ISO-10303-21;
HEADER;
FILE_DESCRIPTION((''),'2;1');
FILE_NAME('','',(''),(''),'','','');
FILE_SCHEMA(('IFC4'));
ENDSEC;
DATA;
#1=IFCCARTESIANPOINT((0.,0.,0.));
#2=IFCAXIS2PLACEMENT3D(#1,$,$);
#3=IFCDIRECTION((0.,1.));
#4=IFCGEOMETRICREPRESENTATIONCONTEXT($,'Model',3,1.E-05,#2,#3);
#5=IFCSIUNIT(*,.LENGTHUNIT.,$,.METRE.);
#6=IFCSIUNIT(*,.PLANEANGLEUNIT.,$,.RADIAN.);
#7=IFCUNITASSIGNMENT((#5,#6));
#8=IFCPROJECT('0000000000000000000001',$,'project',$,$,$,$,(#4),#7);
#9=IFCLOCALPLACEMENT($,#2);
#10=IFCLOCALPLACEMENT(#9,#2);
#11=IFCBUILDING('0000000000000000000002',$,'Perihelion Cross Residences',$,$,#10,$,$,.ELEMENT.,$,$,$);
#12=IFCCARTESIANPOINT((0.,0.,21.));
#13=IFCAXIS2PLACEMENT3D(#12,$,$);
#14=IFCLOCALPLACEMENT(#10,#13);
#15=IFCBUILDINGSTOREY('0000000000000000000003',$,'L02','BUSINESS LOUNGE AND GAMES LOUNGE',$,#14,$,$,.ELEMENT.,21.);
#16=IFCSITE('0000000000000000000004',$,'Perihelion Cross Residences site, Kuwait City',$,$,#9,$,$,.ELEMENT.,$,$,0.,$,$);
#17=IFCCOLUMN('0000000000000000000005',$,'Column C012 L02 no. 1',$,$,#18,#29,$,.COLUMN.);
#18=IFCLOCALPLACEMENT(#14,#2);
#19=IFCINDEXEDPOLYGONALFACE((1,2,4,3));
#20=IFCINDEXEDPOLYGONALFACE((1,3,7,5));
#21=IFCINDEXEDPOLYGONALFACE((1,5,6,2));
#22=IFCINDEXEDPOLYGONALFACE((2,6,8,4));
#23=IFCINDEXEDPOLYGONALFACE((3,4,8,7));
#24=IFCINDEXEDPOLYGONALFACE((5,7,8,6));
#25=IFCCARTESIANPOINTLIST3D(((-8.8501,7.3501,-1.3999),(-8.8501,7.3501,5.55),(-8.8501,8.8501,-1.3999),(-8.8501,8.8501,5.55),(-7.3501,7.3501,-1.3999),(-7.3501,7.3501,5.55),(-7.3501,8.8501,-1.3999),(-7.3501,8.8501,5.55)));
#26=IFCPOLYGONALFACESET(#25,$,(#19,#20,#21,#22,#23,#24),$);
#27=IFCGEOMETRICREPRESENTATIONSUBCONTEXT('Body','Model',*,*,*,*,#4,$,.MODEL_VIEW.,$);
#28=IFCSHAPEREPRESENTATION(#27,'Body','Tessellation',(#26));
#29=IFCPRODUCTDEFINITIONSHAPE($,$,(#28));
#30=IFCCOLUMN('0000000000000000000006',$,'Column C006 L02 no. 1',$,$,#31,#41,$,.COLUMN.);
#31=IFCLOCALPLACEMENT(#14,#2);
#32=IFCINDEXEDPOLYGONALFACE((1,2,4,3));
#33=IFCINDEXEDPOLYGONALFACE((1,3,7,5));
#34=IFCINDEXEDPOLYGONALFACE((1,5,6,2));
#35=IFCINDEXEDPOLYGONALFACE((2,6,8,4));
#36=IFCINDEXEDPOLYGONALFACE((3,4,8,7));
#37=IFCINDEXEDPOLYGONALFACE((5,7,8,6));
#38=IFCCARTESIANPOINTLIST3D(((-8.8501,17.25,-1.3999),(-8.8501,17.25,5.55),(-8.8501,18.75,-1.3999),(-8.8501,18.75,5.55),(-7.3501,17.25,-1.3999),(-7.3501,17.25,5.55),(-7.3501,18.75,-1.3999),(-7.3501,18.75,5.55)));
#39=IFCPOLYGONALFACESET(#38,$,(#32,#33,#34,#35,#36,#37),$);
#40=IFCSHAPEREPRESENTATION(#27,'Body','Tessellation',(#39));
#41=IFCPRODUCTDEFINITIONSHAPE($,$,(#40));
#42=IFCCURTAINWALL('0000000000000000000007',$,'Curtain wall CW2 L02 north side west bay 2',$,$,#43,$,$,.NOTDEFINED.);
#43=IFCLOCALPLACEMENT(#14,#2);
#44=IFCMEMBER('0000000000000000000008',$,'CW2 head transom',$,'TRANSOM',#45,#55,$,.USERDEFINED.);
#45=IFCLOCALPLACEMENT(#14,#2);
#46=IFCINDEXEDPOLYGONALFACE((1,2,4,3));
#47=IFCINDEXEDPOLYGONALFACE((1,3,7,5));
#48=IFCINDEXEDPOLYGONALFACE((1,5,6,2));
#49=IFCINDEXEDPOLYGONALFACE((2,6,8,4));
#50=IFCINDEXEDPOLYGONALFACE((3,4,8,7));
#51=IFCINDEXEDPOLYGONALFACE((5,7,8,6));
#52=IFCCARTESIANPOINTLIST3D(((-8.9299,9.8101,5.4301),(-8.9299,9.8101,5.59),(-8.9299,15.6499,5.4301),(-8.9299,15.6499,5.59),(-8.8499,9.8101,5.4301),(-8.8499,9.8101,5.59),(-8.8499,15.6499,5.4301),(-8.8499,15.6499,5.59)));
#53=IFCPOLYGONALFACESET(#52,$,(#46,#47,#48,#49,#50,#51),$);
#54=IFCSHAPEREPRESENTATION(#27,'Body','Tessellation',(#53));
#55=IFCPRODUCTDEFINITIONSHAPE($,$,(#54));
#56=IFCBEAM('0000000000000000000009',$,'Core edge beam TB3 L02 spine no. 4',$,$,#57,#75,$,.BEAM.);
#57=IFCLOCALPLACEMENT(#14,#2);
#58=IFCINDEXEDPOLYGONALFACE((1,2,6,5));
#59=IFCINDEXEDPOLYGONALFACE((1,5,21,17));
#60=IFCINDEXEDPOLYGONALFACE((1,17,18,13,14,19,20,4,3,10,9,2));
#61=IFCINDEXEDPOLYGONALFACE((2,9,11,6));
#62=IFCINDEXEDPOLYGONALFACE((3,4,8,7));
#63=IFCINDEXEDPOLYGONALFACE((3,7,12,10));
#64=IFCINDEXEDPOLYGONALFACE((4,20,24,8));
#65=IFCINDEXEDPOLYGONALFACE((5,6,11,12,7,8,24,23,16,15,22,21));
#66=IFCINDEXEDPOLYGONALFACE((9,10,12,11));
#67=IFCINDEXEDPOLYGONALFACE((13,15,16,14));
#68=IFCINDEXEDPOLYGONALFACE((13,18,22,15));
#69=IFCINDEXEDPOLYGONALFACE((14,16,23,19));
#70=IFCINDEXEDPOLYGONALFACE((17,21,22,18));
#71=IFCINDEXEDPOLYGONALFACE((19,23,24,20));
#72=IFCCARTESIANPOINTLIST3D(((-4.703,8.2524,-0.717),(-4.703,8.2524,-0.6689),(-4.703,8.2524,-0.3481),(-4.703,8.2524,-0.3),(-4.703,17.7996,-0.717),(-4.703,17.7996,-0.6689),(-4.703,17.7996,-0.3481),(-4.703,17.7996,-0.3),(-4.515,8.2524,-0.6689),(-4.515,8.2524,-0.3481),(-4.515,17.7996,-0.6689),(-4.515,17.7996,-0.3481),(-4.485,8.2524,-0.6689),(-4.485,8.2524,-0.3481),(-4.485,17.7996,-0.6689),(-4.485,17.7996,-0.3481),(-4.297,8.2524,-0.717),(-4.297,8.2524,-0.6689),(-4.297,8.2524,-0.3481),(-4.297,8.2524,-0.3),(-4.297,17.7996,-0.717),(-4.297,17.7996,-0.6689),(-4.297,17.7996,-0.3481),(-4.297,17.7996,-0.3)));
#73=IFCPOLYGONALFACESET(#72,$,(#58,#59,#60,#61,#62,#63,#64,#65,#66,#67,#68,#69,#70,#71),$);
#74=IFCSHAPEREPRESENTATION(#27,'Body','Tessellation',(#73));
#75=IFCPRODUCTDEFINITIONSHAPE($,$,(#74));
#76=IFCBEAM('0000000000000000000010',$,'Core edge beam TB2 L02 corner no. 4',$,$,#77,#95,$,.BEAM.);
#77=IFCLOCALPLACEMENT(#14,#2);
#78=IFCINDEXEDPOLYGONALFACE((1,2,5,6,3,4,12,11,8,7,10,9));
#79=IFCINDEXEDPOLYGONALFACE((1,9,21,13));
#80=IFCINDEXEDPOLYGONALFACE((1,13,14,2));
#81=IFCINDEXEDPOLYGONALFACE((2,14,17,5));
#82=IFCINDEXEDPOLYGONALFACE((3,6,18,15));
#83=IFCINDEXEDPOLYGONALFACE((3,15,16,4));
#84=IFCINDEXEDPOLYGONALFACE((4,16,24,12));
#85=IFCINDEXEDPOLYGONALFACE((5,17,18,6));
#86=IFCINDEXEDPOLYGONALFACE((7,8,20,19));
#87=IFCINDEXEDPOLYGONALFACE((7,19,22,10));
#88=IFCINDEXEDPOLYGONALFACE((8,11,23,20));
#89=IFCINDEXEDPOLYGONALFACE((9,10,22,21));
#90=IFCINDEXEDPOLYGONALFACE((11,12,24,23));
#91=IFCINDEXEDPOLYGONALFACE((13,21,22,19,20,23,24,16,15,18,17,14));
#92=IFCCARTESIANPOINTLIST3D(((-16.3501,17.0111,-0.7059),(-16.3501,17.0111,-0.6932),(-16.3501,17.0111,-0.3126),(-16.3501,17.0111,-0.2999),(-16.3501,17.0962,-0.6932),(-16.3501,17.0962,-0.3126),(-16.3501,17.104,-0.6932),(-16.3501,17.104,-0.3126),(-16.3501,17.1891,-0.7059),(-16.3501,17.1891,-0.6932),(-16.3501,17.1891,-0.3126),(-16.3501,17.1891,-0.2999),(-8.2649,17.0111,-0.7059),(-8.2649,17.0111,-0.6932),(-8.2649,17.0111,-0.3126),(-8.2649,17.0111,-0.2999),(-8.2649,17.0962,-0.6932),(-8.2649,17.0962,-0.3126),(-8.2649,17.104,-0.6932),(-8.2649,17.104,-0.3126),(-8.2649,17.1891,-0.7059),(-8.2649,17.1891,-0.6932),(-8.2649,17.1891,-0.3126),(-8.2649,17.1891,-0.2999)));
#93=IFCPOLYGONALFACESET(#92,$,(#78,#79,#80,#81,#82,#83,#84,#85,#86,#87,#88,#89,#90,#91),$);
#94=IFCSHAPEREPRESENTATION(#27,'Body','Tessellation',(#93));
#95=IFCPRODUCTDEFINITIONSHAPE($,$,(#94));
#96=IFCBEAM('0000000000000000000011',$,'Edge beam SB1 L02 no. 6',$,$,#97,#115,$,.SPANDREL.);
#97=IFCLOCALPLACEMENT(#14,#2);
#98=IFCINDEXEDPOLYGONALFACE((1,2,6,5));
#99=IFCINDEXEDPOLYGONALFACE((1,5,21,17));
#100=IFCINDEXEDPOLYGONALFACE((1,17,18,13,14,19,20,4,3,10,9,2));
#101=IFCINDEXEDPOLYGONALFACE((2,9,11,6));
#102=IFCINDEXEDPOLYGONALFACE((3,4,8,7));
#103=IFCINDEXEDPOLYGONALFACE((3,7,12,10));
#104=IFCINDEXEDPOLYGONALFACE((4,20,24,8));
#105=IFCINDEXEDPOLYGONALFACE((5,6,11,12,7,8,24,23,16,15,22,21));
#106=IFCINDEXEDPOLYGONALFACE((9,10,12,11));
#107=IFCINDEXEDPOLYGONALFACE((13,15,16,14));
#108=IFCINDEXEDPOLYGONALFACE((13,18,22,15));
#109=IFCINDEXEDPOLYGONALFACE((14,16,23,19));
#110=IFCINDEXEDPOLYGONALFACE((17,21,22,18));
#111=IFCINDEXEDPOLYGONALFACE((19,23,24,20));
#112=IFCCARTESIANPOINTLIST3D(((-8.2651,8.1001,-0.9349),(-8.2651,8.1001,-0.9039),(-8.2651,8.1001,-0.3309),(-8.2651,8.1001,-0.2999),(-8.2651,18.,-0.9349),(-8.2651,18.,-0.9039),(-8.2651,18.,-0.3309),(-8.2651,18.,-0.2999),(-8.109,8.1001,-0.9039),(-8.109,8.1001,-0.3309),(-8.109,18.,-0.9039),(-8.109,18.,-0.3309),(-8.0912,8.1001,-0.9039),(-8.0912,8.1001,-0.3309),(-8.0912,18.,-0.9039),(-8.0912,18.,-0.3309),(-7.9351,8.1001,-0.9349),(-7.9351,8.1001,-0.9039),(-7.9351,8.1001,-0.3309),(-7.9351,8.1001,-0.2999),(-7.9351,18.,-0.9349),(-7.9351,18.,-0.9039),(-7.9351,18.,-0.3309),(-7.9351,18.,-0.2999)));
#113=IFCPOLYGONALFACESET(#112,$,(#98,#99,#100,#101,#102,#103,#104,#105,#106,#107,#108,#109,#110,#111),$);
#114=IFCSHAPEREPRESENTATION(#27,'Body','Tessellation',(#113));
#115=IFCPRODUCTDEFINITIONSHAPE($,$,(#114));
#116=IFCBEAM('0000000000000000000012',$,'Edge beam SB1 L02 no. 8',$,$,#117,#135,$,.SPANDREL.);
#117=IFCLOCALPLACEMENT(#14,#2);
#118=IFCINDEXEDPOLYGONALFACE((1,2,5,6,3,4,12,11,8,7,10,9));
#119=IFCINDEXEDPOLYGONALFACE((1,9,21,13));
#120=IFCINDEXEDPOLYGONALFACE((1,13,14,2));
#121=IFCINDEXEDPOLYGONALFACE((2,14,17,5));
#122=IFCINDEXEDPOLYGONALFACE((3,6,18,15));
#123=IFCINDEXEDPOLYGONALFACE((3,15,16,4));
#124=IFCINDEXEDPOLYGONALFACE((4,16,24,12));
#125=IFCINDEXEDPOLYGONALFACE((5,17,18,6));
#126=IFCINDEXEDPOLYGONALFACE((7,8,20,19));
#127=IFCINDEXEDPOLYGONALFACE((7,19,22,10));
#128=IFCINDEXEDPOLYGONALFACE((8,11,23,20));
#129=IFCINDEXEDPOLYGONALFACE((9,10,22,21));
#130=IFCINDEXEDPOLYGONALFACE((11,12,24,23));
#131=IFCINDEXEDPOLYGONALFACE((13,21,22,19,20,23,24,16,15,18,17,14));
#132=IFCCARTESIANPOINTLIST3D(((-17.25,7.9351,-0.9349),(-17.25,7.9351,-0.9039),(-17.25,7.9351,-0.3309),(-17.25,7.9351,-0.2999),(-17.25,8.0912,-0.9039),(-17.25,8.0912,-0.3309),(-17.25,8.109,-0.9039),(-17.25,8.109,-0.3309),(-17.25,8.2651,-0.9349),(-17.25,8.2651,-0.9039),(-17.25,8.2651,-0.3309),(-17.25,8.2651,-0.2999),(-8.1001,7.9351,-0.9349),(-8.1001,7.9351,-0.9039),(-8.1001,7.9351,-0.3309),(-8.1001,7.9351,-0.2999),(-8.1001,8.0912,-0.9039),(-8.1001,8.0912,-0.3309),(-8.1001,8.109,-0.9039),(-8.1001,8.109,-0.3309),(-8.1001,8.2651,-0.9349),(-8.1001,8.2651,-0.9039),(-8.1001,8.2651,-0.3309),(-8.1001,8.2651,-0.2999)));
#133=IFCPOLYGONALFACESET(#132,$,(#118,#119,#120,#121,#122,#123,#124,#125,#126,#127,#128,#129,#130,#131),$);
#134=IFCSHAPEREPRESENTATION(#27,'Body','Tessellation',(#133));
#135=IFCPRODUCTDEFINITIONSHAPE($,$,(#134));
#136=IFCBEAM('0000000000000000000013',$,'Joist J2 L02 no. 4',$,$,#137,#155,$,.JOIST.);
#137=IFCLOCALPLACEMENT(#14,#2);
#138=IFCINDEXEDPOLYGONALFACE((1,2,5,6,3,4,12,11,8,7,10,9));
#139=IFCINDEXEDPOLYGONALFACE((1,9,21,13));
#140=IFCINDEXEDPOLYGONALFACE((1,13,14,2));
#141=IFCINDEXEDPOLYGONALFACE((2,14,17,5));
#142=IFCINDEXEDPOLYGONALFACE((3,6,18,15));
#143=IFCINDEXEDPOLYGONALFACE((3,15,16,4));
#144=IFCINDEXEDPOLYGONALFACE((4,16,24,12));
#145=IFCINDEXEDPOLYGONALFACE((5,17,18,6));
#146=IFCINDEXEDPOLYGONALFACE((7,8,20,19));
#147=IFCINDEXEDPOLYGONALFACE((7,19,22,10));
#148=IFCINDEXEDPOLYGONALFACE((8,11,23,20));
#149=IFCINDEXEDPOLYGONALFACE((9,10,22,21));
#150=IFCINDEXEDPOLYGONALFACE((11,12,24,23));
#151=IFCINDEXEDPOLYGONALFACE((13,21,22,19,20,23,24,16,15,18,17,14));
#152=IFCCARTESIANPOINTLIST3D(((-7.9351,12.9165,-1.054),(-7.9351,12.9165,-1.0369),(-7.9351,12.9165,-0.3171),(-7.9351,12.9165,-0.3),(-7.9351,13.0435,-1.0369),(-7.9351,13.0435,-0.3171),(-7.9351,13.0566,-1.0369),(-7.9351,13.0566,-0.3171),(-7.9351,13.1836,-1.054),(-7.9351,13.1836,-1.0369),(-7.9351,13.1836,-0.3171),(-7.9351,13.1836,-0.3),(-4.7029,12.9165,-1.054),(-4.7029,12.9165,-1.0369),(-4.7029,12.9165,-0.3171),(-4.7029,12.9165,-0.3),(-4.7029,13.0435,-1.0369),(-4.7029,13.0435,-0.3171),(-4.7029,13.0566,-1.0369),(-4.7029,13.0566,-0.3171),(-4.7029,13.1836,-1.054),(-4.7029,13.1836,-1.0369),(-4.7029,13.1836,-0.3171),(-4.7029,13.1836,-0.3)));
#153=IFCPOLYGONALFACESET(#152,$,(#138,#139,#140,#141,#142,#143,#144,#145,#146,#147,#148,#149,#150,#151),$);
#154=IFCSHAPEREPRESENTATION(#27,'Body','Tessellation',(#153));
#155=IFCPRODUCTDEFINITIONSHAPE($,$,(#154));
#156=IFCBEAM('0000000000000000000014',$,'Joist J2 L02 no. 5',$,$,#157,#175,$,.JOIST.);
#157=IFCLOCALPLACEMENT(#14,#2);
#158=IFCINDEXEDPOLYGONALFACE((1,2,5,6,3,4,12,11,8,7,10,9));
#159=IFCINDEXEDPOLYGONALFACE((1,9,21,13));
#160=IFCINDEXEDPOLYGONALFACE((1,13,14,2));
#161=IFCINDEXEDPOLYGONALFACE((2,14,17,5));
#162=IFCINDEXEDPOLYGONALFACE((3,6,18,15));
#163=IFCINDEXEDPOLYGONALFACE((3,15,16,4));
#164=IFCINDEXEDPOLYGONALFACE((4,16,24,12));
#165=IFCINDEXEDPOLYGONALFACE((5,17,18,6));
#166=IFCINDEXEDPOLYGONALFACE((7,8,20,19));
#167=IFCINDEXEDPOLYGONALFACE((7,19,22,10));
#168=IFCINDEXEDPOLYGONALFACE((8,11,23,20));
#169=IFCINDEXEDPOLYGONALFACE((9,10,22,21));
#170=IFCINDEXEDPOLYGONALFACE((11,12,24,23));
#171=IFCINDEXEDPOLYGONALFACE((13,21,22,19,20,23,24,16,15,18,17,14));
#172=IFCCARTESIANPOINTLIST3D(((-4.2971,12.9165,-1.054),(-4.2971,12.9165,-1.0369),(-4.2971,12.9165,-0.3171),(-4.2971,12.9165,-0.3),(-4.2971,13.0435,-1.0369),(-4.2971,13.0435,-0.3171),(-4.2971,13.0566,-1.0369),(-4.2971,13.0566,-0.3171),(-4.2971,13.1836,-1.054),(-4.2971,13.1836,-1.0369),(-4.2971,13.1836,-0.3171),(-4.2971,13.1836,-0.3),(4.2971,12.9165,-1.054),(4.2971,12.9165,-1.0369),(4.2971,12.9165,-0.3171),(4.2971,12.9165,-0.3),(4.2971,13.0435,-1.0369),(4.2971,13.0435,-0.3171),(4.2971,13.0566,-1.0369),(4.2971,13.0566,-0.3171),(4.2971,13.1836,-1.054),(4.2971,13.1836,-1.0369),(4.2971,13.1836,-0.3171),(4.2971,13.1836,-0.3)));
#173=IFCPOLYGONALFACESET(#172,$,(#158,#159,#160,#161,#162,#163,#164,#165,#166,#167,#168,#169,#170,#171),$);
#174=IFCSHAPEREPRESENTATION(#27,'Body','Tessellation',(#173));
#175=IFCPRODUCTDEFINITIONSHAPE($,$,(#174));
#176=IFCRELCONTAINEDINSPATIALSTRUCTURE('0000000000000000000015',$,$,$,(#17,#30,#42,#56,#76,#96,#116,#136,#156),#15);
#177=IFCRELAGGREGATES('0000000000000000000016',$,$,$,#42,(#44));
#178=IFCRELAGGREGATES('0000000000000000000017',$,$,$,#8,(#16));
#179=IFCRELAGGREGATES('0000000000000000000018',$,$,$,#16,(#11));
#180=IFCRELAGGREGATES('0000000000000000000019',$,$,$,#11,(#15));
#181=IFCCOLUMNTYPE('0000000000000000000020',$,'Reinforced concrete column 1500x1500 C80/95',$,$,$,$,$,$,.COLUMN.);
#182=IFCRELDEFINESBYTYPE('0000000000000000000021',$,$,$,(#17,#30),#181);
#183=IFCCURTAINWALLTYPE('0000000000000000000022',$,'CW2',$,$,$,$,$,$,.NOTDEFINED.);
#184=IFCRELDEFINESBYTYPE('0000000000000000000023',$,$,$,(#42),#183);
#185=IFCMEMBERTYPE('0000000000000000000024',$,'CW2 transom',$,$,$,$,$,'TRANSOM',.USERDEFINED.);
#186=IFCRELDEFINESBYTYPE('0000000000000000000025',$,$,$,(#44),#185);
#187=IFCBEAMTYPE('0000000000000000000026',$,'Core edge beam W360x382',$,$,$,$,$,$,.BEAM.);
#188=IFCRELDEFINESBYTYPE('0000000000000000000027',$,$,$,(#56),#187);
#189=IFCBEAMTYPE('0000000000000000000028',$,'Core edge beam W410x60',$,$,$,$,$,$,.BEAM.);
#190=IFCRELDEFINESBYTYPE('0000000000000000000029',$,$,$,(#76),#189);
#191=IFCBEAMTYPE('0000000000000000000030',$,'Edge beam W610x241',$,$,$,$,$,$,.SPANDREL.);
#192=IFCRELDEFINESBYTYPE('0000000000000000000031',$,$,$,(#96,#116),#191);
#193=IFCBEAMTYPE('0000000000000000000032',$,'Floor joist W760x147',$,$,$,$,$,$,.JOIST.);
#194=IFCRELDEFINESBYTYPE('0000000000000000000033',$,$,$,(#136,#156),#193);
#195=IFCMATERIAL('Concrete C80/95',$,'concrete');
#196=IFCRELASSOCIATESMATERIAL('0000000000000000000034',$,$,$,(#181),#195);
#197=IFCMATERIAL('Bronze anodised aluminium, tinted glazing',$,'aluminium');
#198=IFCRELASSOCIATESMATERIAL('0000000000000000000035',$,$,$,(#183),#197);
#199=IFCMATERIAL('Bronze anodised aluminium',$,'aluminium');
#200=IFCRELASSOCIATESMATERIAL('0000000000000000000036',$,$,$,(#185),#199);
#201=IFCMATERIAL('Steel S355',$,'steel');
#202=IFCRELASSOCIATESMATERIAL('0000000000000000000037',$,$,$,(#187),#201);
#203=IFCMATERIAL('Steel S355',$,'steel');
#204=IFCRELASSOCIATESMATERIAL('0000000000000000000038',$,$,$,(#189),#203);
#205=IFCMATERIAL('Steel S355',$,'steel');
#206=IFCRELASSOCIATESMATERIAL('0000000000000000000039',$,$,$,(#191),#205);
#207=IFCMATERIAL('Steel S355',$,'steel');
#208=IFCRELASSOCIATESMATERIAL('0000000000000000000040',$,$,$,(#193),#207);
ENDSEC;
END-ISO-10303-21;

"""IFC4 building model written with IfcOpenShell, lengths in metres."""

from ifc_helpers import new_model, si_unit, direction, frame, origin, origin_2d, place, context, subcontext, project, spatial, rectangle, i_section, extrude, material, material_profile, profile_set, type_object, element, aggregate, save


model = new_model("IFC4")

# Units and contexts
model_context = context("Model", 3, precision=1e-05, world=origin(), true_north=direction((0.0, 1.0)))
body_context = subcontext(model_context, "Body", "Model", "MODEL_VIEW")
ifc_project = project(units=[si_unit("LENGTHUNIT", "METRE"), si_unit("PLANEANGLEUNIT", "RADIAN")], contexts=[model_context])

# Site, building, storey
site_placement = place(None, origin())
site = spatial("IfcSite", under=ifc_project, at=site_placement, Name="Perihelion Cross Residences site, Kuwait City", CompositionType="ELEMENT", RefElevation=0.0)
building_placement = place(site_placement, origin())
building = spatial("IfcBuilding", under=site, at=building_placement, Name="Perihelion Cross Residences", CompositionType="ELEMENT")
storey_placement = place(building_placement, frame((0.0, 0.0, 21.0)))
storey = spatial("IfcBuildingStorey", under=building, at=storey_placement, Name="L02", Description="BUSINESS LOUNGE AND GAMES LOUNGE", CompositionType="ELEMENT", Elevation=21.0)

# Columns
ifc_material_1 = material(Name="Concrete C80/95", Category="concrete")
ifc_material_profile_1 = material_profile(ifc_material_1, rectangle(XDim=1.5, YDim=1.5, at=origin_2d()), Name="RC 1500x1500")
ifc_profile_set_1 = profile_set([ifc_material_profile_1], Name="Concrete C80/95")
column_type = type_object("IfcColumnType", Name="Reinforced concrete column 1500x1500 C80/95", PredefinedType="COLUMN", material=ifc_profile_set_1)
for number, where, z_axis, x_axis, name in (
    (1, (-8.1001, 8.1001, -1.3999), (0.0, 0.0, 1.0), (1.0, 0.0, 0.0), "Column C012 L02 no. 1"),
    (2, (-8.1001, 18.0, -1.3999), (0.0, 0.0, 1.0), (1.0, 0.0, 0.0), "Column C006 L02 no. 1"),
):
    element("IfcColumn", number, at=place(storey_placement, frame(where, z_axis=z_axis, x_axis=x_axis)), inside=storey, type_object=column_type, Name=name, PredefinedType="COLUMN", context=body_context, shape_type="SweptSolid", body=[
        extrude(rectangle(XDim=1.5, YDim=1.5, at=origin_2d()), origin(), (0.0, 0.0, 1.0), 6.95),
    ])

# Curtain wall, member
ifc_material_2 = material(Name="Bronze anodised aluminium, tinted glazing", Category="aluminium")
curtain_wall_type = type_object("IfcCurtainWallType", Name="CW2", PredefinedType="NOTDEFINED", material=ifc_material_2)
curtain_wall_placement = place(storey_placement, origin())
curtain_wall = element("IfcCurtainWall", 3, at=curtain_wall_placement, inside=storey, type_object=curtain_wall_type, Name="Curtain wall CW2 L02 north side west bay 2", PredefinedType="NOTDEFINED")
ifc_material_3 = material(Name="Bronze anodised aluminium", Category="aluminium")
ifc_material_profile_2 = material_profile(ifc_material_3, rectangle(XDim=0.0801, YDim=0.1599, at=origin_2d()), Name="CW2 transom")
ifc_profile_set_2 = profile_set([ifc_material_profile_2], Name="Bronze anodised aluminium")
member_type = type_object("IfcMemberType", Name="CW2 transom", ElementType="TRANSOM", PredefinedType="USERDEFINED", material=ifc_profile_set_2)
member_placement = place(storey_placement, frame((-8.8899, 15.6499, 5.51), z_axis=(0.0, -1.0, 0.0), x_axis=(1.0, 0.0, 0.0)))
member = element("IfcMember", 4, at=member_placement, type_object=member_type, Name="CW2 head transom", ObjectType="TRANSOM", PredefinedType="USERDEFINED", context=body_context, shape_type="SweptSolid", body=[
    extrude(rectangle(XDim=0.0801, YDim=0.1599, at=origin_2d()), origin(), (0.0, 0.0, 1.0), 5.8398),
])
aggregate(curtain_wall, [member])

# Beams
ifc_material_4 = material(Name="Steel S355", Category="steel")
ifc_material_profile_3 = material_profile(ifc_material_4, i_section(OverallWidth=0.406, OverallDepth=0.417, WebThickness=0.03, FlangeThickness=0.0481, at=origin_2d()), Name="W360x382")
ifc_profile_set_3 = profile_set([ifc_material_profile_3], Name="Steel S355")
beam_type_1 = type_object("IfcBeamType", Name="Core edge beam W360x382", PredefinedType="BEAM", material=ifc_profile_set_3)
beam_1_placement = place(storey_placement, frame((-4.5, 8.2524, -0.5085), z_axis=(0.0, 1.0, 0.0), x_axis=(-1.0, 0.0, 0.0)))
element("IfcBeam", 5, at=beam_1_placement, inside=storey, type_object=beam_type_1, Name="Core edge beam TB3 L02 spine no. 4", PredefinedType="BEAM", context=body_context, shape_type="SweptSolid", body=[
    extrude(i_section(OverallWidth=0.406, OverallDepth=0.417, WebThickness=0.03, FlangeThickness=0.0481, at=origin_2d()), origin(), (0.0, 0.0, 1.0), 9.5471),
])
ifc_material_5 = material(Name="Steel S355", Category="steel")
ifc_material_profile_4 = material_profile(ifc_material_5, i_section(OverallWidth=0.178, OverallDepth=0.406, WebThickness=0.0078, FlangeThickness=0.0127, at=origin_2d()), Name="W410x60")
ifc_profile_set_4 = profile_set([ifc_material_profile_4], Name="Steel S355")
beam_type_2 = type_object("IfcBeamType", Name="Core edge beam W410x60", PredefinedType="BEAM", material=ifc_profile_set_4)
beam_2_placement = place(storey_placement, frame((-8.2649, 17.1001, -0.5029), z_axis=(-1.0, 0.0, 0.0), x_axis=(0.0, -1.0, 0.0)))
element("IfcBeam", 6, at=beam_2_placement, inside=storey, type_object=beam_type_2, Name="Core edge beam TB2 L02 corner no. 4", PredefinedType="BEAM", context=body_context, shape_type="SweptSolid", body=[
    extrude(i_section(OverallWidth=0.178, OverallDepth=0.406, WebThickness=0.0078, FlangeThickness=0.0127, at=origin_2d()), origin(), (0.0, 0.0, 1.0), 8.0852),
])
ifc_material_6 = material(Name="Steel S355", Category="steel")
ifc_material_profile_5 = material_profile(ifc_material_6, i_section(OverallWidth=0.3301, OverallDepth=0.635, WebThickness=0.0178, FlangeThickness=0.031, at=origin_2d()), Name="W610x241")
ifc_profile_set_5 = profile_set([ifc_material_profile_5], Name="Steel S355")
beam_type_3 = type_object("IfcBeamType", Name="Edge beam W610x241", PredefinedType="SPANDREL", material=ifc_profile_set_5)
beam_3_placement = place(storey_placement, frame((-8.1001, 18.0, -0.6174), z_axis=(0.0, -1.0, 0.0), x_axis=(1.0, 0.0, 0.0)))
element("IfcBeam", 7, at=beam_3_placement, inside=storey, type_object=beam_type_3, Name="Edge beam SB1 L02 no. 6", PredefinedType="SPANDREL", context=body_context, shape_type="SweptSolid", body=[
    extrude(i_section(OverallWidth=0.3301, OverallDepth=0.635, WebThickness=0.0178, FlangeThickness=0.031, at=origin_2d()), origin(), (0.0, 0.0, 1.0), 9.8999),
])
beam_4_placement = place(storey_placement, frame((-8.1001, 8.1001, -0.6174), z_axis=(-1.0, 0.0, 0.0), x_axis=(0.0, -1.0, 0.0)))
element("IfcBeam", 8, at=beam_4_placement, inside=storey, type_object=beam_type_3, Name="Edge beam SB1 L02 no. 8", PredefinedType="SPANDREL", context=body_context, shape_type="SweptSolid", body=[
    extrude(i_section(OverallWidth=0.3301, OverallDepth=0.635, WebThickness=0.0178, FlangeThickness=0.031, at=origin_2d()), origin(), (0.0, 0.0, 1.0), 9.1499),
])
ifc_material_7 = material(Name="Steel S355", Category="steel")
ifc_material_profile_6 = material_profile(ifc_material_7, i_section(OverallWidth=0.2671, OverallDepth=0.7539, WebThickness=0.0132, FlangeThickness=0.0171, at=origin_2d()), Name="W760x147")
ifc_profile_set_6 = profile_set([ifc_material_profile_6], Name="Steel S355")
beam_type_4 = type_object("IfcBeamType", Name="Floor joist W760x147", PredefinedType="JOIST", material=ifc_profile_set_6)
beam_5_placement = place(storey_placement, frame((-7.9351, 13.05, -0.677), z_axis=(1.0, 0.0, 0.0), x_axis=(0.0, 1.0, 0.0)))
element("IfcBeam", 9, at=beam_5_placement, inside=storey, type_object=beam_type_4, Name="Joist J2 L02 no. 4", PredefinedType="JOIST", context=body_context, shape_type="SweptSolid", body=[
    extrude(i_section(OverallWidth=0.2671, OverallDepth=0.7539, WebThickness=0.0132, FlangeThickness=0.0171, at=origin_2d()), origin(), (0.0, 0.0, 1.0), 3.2322),
])
beam_6_placement = place(storey_placement, frame((-4.2971, 13.05, -0.677), z_axis=(1.0, 0.0, 0.0), x_axis=(0.0, 1.0, 0.0)))
element("IfcBeam", 10, at=beam_6_placement, inside=storey, type_object=beam_type_4, Name="Joist J2 L02 no. 5", PredefinedType="JOIST", context=body_context, shape_type="SweptSolid", body=[
    extrude(i_section(OverallWidth=0.2671, OverallDepth=0.7539, WebThickness=0.0132, FlangeThickness=0.0171, at=origin_2d()), origin(), (0.0, 0.0, 1.0), 8.5942),
])

save(model, "model.ifc")
